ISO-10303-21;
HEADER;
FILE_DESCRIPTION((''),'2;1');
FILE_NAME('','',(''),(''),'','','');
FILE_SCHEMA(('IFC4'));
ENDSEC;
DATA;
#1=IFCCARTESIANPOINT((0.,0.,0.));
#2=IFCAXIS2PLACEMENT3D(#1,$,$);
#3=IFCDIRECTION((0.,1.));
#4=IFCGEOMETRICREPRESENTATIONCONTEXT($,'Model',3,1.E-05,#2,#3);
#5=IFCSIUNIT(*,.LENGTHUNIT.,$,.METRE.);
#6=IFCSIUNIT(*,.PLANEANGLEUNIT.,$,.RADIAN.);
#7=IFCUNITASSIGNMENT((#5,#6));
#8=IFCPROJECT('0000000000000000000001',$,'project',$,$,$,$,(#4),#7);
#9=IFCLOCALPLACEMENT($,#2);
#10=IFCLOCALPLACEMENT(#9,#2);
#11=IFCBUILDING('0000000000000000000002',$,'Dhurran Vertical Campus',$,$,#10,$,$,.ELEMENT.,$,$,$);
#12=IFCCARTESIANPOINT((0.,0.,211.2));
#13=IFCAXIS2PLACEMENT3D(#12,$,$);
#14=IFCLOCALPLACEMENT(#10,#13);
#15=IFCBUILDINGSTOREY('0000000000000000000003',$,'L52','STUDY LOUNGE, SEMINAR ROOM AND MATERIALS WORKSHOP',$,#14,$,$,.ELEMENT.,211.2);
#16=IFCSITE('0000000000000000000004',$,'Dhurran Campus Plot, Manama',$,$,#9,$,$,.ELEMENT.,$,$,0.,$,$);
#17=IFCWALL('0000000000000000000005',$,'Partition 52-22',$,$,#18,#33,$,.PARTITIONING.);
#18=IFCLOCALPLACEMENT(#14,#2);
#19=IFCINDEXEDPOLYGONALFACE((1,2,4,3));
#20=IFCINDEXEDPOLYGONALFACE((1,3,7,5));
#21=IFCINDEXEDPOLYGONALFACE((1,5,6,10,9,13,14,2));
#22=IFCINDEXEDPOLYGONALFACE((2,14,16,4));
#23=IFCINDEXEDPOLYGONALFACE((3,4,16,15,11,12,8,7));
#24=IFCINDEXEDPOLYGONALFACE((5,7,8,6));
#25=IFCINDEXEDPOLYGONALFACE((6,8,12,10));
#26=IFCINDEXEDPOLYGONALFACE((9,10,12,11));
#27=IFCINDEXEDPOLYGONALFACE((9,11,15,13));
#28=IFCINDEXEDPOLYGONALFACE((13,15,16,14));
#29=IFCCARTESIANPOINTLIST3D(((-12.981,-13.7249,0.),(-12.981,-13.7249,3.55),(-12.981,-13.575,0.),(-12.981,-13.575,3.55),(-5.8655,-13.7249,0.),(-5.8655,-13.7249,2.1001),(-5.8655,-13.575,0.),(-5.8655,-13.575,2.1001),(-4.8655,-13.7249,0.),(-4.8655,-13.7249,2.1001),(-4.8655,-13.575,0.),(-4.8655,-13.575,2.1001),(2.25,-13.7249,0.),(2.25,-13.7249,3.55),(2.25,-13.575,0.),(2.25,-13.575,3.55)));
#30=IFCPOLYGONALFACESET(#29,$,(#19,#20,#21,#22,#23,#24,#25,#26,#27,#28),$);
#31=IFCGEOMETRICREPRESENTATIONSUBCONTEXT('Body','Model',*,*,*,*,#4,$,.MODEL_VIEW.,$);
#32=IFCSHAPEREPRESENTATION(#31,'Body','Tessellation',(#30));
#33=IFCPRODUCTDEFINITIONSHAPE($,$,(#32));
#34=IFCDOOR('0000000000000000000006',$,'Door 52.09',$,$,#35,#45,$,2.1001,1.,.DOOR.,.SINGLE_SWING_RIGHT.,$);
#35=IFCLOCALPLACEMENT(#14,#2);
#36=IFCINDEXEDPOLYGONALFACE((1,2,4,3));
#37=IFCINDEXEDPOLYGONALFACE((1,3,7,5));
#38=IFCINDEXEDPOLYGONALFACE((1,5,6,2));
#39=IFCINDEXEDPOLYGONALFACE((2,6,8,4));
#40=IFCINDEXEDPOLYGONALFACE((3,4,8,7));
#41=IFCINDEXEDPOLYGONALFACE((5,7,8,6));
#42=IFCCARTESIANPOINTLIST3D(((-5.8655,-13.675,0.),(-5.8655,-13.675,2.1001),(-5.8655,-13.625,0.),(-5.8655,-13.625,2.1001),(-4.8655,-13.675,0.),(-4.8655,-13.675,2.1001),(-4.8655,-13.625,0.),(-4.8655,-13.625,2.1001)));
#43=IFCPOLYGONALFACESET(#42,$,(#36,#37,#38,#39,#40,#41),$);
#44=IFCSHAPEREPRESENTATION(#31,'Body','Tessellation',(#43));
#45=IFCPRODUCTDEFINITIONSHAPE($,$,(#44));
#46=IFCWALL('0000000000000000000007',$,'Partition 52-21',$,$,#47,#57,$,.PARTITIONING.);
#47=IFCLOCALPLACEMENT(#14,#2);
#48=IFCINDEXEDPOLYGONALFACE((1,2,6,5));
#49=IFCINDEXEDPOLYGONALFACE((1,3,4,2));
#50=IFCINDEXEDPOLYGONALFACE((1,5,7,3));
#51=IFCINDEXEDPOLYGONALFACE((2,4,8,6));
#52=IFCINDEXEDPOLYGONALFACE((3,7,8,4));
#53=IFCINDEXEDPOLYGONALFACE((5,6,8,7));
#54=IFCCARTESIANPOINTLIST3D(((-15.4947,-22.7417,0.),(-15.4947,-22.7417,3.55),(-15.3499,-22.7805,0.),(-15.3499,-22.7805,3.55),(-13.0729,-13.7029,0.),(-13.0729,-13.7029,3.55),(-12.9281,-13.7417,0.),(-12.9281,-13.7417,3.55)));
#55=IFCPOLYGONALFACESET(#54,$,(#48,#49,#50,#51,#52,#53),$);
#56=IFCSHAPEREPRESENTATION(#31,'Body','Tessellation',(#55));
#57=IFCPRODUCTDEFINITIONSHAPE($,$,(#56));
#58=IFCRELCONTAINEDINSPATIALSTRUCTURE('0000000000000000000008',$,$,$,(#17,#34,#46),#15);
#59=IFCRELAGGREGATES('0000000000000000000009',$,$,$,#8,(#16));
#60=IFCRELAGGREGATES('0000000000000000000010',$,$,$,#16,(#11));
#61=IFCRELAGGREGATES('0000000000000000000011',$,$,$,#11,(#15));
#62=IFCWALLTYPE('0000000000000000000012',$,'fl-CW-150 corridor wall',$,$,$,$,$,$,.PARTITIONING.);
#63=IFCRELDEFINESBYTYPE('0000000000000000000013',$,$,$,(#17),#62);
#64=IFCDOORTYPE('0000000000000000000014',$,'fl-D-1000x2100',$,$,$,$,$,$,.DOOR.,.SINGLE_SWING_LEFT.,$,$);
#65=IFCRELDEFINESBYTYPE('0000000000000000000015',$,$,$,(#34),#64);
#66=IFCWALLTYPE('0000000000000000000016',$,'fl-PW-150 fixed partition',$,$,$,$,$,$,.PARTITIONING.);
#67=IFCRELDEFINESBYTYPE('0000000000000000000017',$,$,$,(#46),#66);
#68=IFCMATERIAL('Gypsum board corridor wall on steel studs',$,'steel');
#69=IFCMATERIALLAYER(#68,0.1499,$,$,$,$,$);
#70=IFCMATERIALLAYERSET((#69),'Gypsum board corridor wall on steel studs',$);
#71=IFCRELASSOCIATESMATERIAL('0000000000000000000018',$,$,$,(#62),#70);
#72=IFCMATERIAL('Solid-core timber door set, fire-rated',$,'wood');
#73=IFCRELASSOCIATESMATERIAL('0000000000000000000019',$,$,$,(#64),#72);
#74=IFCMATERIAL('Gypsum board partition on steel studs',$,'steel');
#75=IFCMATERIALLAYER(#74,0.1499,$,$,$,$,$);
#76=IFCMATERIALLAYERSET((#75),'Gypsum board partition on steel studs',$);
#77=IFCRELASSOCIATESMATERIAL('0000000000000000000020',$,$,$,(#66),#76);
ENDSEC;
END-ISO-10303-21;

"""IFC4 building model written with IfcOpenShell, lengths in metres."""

from ifc_helpers import new_model, si_unit, direction, frame, frame_2d, origin, place, context, subcontext, project, spatial, rectangle, extrude, material, layer, layer_set, type_object, element, fill, save


model = new_model("IFC4")

# Units and contexts
model_context = context("Model", 3, precision=1e-05, world=origin(), true_north=direction((0.0, 1.0)))
body_context = subcontext(model_context, "Body", "Model", "MODEL_VIEW")
ifc_project = project(units=[si_unit("LENGTHUNIT", "METRE"), si_unit("PLANEANGLEUNIT", "RADIAN")], contexts=[model_context])

# Site, building, storey
site_placement = place(None, origin())
site = spatial("IfcSite", under=ifc_project, at=site_placement, Name="Dhurran Campus Plot, Manama", CompositionType="ELEMENT", RefElevation=0.0)
building_placement = place(site_placement, origin())
building = spatial("IfcBuilding", under=site, at=building_placement, Name="Dhurran Vertical Campus", CompositionType="ELEMENT")
storey_placement = place(building_placement, frame((0.0, 0.0, 211.2)))
storey = spatial("IfcBuildingStorey", under=building, at=storey_placement, Name="L52", Description="STUDY LOUNGE, SEMINAR ROOM AND MATERIALS WORKSHOP", CompositionType="ELEMENT", Elevation=211.2)

# Shared definitions
ifc_material_1 = material(Name="Gypsum board corridor wall on steel studs", Category="steel")
ifc_layer_1 = layer(ifc_material_1, 0.1499)
ifc_layer_set_1 = layer_set([ifc_layer_1], Name="Gypsum board corridor wall on steel studs")
wall_type_1 = type_object("IfcWallType", Name="fl-CW-150 corridor wall", PredefinedType="PARTITIONING", material=ifc_layer_set_1)

# Wall, opening, door
wall_1_placement = place(storey_placement, frame((-12.981, -13.6499, 0.0), z_axis=(0.0, 0.0, 1.0), x_axis=(1.0, 0.0, 0.0)))
wall_1 = element("IfcWall", 1, at=wall_1_placement, inside=storey, type_object=wall_type_1, Name="Partition 52-22", PredefinedType="PARTITIONING", context=body_context, shape_type="SweptSolid", body=[
    extrude(rectangle(XDim=15.231, YDim=0.1499, at=frame_2d((7.6155, 0.0))), origin(), (0.0, 0.0, 1.0), 3.55),
])
opening_1_placement = place(wall_1_placement, frame((7.1155, 0.0, 0.0)))
opening_1 = element("IfcOpeningElement", 2, at=opening_1_placement, cuts=wall_1, PredefinedType="OPENING", context=body_context, shape_type="SweptSolid", body=[
    extrude(rectangle(XDim=1.0, YDim=2.1001, at=frame_2d((0.5, 1.05))), frame((0.0, 0.085, 0.0), z_axis=(0.0, -1.0, 0.0), x_axis=(1.0, 0.0, 0.0)), (0.0, 0.0, 1.0), 0.1699),
])
ifc_material_2 = material(Name="Solid-core timber door set, fire-rated", Category="wood")
door_type_1 = type_object("IfcDoorType", Name="fl-D-1000x2100", OperationType="SINGLE_SWING_LEFT", PredefinedType="DOOR", material=ifc_material_2)
door_1_placement = place(opening_1_placement, origin())
door_1 = element("IfcDoor", 3, at=door_1_placement, inside=storey, type_object=door_type_1, Name="Door 52.09", OperationType="SINGLE_SWING_RIGHT", OverallHeight=2.1001, OverallWidth=1.0, PredefinedType="DOOR", context=body_context, shape_type="SweptSolid", body=[
    extrude(rectangle(XDim=1.0, YDim=2.1001, at=frame_2d((0.5, 1.05))), frame((0.0, 0.0249, 0.0), z_axis=(0.0, -1.0, 0.0), x_axis=(1.0, 0.0, 0.0)), (0.0, 0.0, 1.0), 0.05),
])
fill(opening_1, door_1)

# Wall
ifc_material_3 = material(Name="Gypsum board partition on steel studs", Category="steel")
ifc_layer_2 = layer(ifc_material_3, 0.1499)
ifc_layer_set_2 = layer_set([ifc_layer_2], Name="Gypsum board partition on steel studs")
wall_type_2 = type_object("IfcWallType", Name="fl-PW-150 fixed partition", PredefinedType="PARTITIONING", material=ifc_layer_set_2)
wall_2_placement = place(storey_placement, frame((-13.0005, -13.7224, 0.0), z_axis=(0.0, 0.0, 1.0), x_axis=(-0.258812, -0.965928, 0.0)))
element("IfcWall", 4, at=wall_2_placement, inside=storey, type_object=wall_type_2, Name="Partition 52-21", PredefinedType="PARTITIONING", context=body_context, shape_type="SweptSolid", body=[
    extrude(rectangle(XDim=9.3577, YDim=0.1499, at=frame_2d((4.6787, 0.0))), origin(), (0.0, 0.0, 1.0), 3.55),
])

save(model, "model.ifc")
